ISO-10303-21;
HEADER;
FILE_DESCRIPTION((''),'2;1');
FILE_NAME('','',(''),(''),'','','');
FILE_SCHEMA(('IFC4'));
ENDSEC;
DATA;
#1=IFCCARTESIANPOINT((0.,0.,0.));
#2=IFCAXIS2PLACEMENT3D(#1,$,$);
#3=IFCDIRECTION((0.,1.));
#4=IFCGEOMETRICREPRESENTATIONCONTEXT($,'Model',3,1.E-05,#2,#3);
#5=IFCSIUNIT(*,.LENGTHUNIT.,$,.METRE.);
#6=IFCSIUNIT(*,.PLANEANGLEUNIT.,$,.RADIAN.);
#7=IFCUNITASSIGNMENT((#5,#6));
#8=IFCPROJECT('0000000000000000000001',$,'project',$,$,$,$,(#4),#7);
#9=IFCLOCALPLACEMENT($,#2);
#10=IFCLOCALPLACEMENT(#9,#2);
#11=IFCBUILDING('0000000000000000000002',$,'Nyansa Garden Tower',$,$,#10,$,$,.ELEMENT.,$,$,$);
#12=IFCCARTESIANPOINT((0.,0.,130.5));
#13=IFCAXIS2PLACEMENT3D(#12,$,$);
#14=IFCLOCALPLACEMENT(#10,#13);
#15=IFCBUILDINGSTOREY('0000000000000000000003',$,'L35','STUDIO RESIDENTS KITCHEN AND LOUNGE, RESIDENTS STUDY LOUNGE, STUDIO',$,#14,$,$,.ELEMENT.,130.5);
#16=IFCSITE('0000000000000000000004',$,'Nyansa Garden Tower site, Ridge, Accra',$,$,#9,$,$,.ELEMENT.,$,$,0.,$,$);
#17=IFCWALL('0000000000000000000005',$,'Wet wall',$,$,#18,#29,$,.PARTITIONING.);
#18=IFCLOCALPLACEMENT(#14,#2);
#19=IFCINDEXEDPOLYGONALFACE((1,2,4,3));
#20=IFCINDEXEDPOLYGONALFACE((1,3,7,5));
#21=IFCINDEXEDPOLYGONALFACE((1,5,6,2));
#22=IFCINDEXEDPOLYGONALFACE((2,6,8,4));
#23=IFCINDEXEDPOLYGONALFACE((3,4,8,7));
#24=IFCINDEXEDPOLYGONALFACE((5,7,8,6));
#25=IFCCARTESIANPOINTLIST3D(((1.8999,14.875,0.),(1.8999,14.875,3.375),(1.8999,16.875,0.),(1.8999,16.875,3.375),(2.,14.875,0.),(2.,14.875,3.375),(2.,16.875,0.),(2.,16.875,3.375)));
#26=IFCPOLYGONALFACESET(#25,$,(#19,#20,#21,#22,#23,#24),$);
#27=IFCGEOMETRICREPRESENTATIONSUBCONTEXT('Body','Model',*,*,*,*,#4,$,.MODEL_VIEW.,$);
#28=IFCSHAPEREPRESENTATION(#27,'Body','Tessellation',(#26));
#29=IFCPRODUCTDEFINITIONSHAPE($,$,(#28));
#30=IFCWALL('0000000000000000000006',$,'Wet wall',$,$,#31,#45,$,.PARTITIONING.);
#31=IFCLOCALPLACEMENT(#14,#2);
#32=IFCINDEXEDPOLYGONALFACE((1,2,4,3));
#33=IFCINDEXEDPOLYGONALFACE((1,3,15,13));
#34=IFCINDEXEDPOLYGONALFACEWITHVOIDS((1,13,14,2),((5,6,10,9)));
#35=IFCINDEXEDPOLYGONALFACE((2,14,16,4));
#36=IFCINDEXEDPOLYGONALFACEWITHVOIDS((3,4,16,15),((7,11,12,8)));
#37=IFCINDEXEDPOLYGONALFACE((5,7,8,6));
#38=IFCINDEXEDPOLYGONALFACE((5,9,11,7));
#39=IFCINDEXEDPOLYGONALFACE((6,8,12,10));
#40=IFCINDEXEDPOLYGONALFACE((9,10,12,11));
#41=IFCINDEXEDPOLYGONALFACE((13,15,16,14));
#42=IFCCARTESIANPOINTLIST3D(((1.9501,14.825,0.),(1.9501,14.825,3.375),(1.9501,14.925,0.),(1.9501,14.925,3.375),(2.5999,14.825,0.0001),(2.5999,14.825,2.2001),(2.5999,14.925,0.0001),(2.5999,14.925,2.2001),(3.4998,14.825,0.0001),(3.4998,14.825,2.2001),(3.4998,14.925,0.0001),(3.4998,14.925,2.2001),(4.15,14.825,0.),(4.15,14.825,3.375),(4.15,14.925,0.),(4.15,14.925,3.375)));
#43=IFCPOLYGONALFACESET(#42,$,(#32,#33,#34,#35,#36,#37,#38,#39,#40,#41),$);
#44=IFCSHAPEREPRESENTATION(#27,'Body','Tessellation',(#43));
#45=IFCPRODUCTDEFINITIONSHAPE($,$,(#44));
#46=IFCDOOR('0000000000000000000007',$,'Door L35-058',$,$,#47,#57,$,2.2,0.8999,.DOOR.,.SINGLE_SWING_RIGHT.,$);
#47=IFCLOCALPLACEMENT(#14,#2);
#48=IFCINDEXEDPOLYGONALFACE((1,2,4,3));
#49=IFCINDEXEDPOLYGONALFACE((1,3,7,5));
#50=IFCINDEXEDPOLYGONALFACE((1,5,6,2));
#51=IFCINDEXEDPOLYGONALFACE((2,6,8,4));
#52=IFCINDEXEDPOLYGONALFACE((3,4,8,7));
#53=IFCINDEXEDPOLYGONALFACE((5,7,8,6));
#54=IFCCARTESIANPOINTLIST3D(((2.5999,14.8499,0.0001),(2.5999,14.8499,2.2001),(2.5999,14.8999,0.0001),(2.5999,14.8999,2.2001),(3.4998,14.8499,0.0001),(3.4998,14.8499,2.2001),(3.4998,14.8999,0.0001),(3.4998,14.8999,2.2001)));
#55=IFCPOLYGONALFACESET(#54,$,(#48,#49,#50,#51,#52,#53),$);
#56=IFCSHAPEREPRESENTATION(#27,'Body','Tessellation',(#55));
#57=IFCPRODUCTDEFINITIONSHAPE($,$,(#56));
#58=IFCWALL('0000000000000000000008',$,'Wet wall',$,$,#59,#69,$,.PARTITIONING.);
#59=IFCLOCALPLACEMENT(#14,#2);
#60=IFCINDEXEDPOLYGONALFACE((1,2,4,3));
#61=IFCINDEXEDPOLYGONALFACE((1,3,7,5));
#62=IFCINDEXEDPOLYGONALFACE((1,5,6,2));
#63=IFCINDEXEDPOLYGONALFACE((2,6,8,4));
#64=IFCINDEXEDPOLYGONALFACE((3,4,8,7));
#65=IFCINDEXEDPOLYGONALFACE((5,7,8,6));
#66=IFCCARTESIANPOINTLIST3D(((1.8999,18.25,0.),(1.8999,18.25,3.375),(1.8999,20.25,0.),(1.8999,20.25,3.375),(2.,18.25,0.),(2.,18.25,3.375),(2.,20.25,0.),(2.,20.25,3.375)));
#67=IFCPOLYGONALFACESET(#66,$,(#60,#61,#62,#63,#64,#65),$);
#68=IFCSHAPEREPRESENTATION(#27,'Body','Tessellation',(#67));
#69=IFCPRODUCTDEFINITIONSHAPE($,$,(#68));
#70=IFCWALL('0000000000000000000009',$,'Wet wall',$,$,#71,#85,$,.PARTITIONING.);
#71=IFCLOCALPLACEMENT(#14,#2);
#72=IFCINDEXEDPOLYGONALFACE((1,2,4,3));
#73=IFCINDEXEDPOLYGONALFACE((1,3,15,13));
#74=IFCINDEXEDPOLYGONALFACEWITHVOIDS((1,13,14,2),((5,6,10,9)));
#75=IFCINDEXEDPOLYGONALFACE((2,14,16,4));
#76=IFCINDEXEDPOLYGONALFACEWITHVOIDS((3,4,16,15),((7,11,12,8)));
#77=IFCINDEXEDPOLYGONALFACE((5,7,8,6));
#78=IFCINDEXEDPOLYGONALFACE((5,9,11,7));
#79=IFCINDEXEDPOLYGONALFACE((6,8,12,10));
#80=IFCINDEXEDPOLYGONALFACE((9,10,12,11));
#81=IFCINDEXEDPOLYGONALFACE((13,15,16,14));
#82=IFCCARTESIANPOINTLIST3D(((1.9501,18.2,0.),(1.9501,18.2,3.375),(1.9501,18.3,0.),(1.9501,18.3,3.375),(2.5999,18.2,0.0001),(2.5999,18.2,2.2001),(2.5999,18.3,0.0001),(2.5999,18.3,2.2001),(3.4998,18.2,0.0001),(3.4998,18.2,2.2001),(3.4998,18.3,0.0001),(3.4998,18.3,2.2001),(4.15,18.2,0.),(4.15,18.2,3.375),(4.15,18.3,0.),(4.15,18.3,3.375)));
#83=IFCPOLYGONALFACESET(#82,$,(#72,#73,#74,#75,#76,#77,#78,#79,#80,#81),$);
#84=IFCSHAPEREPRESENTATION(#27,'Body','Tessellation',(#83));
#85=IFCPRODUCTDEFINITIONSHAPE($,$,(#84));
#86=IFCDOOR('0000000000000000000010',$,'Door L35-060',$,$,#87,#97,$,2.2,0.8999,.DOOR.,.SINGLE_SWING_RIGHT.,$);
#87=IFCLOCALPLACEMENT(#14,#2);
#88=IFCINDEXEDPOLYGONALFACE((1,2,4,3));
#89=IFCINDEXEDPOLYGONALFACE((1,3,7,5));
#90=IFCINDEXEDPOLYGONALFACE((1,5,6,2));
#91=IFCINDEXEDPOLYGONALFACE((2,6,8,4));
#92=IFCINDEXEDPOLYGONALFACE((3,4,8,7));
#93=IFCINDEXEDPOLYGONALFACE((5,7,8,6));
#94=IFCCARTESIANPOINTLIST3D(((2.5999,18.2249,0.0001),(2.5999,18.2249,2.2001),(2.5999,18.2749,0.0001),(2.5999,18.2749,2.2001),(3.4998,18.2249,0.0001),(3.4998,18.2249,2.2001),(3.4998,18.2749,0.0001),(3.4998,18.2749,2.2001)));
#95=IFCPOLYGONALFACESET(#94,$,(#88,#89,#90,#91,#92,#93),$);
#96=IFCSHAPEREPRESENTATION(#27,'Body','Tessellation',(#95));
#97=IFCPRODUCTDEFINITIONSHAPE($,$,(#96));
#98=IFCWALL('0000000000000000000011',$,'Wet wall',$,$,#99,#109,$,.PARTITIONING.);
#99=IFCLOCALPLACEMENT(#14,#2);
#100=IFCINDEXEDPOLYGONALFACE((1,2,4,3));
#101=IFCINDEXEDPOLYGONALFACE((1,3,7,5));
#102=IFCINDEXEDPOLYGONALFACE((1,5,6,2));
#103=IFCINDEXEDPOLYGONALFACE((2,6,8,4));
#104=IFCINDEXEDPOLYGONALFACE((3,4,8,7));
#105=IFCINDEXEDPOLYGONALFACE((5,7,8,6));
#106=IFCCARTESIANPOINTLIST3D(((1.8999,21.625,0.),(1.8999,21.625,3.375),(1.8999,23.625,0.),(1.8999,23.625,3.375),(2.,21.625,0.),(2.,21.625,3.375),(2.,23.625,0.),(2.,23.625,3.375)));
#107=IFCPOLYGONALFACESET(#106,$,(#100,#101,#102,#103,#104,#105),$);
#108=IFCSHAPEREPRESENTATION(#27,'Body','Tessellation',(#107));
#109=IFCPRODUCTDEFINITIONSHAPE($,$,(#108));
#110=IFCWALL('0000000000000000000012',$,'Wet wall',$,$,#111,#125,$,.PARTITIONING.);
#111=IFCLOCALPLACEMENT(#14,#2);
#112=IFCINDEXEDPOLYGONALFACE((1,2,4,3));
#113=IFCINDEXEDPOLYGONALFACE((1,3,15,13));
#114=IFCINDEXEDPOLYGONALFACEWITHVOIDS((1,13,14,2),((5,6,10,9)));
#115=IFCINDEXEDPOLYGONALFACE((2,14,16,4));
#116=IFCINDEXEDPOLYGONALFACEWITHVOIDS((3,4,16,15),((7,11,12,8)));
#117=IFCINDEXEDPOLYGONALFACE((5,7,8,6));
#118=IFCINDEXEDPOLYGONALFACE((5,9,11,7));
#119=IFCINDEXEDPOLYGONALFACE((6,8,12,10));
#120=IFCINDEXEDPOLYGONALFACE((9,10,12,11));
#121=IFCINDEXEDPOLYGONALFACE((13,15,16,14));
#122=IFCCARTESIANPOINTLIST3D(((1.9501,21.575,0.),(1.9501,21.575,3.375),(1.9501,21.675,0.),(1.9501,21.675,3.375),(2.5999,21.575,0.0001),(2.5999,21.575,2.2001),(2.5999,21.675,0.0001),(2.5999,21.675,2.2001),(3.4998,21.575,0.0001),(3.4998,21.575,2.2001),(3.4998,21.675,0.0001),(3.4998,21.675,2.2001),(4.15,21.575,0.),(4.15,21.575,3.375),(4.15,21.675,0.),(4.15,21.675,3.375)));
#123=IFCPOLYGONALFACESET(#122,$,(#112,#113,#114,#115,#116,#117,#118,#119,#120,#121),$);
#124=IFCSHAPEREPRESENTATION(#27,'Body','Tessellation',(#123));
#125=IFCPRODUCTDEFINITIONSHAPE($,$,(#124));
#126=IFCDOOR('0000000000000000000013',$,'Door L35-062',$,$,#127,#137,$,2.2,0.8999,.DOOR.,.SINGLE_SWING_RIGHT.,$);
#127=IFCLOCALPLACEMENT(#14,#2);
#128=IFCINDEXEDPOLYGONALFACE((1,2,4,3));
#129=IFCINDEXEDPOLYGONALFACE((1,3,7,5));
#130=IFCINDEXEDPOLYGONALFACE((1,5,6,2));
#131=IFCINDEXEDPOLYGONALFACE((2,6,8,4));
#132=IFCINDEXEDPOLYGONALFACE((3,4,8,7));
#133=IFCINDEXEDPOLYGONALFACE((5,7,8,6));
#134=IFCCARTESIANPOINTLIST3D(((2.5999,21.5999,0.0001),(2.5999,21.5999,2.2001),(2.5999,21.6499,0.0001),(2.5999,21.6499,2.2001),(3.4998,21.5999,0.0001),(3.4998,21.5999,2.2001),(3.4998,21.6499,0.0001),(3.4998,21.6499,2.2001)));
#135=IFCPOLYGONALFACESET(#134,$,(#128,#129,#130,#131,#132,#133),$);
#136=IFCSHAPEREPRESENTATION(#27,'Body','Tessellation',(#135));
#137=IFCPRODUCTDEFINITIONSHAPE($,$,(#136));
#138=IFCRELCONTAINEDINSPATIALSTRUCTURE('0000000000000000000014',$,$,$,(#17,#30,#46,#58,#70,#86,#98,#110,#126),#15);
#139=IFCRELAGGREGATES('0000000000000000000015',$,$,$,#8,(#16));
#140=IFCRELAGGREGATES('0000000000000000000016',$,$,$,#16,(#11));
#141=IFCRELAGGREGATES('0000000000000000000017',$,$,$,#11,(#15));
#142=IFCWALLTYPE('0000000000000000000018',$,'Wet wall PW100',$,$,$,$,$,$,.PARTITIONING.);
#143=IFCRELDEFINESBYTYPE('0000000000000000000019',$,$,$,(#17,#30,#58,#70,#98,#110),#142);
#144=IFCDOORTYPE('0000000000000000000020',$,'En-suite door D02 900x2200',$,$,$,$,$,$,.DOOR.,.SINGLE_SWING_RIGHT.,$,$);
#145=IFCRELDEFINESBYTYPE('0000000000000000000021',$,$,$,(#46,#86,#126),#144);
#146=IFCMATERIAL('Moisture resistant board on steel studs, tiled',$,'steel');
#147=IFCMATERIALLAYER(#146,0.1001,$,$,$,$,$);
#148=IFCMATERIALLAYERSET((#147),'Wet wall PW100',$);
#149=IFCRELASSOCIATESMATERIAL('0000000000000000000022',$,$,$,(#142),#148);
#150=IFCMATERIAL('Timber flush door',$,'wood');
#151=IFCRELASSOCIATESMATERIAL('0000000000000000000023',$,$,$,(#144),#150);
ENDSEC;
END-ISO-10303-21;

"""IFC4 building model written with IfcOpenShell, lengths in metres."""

from ifc_helpers import new_model, si_unit, direction, frame, frame_2d, origin, place, context, subcontext, project, spatial, rectangle, extrude, material, layer, layer_set, type_object, element, fill, save


model = new_model("IFC4")

# Units and contexts
model_context = context("Model", 3, precision=1e-05, world=origin(), true_north=direction((0.0, 1.0)))
body_context = subcontext(model_context, "Body", "Model", "MODEL_VIEW")
ifc_project = project(units=[si_unit("LENGTHUNIT", "METRE"), si_unit("PLANEANGLEUNIT", "RADIAN")], contexts=[model_context])

# Site, building, storey
site_placement = place(None, origin())
site = spatial("IfcSite", under=ifc_project, at=site_placement, Name="Nyansa Garden Tower site, Ridge, Accra", CompositionType="ELEMENT", RefElevation=0.0)
building_placement = place(site_placement, origin())
building = spatial("IfcBuilding", under=site, at=building_placement, Name="Nyansa Garden Tower", CompositionType="ELEMENT")
storey_placement = place(building_placement, frame((0.0, 0.0, 130.5)))
storey = spatial("IfcBuildingStorey", under=building, at=storey_placement, Name="L35", Description="STUDIO RESIDENTS KITCHEN AND LOUNGE, RESIDENTS STUDY LOUNGE, STUDIO", CompositionType="ELEMENT", Elevation=130.5)

# Wall
ifc_material_1 = material(Name="Moisture resistant board on steel studs, tiled", Category="steel")
ifc_layer_1 = layer(ifc_material_1, 0.1001)
ifc_layer_set_1 = layer_set([ifc_layer_1], Name="Wet wall PW100")
wall_type_1 = type_object("IfcWallType", Name="Wet wall PW100", PredefinedType="PARTITIONING", material=ifc_layer_set_1)
wall_1_placement = place(storey_placement, frame((1.95, 14.875, 0.0), z_axis=(0.0, 0.0, 1.0), x_axis=(0.0, 1.0, 0.0)))
element("IfcWall", 1, at=wall_1_placement, inside=storey, type_object=wall_type_1, Name="Wet wall", PredefinedType="PARTITIONING", context=body_context, shape_type="SweptSolid", body=[
    extrude(rectangle(XDim=2.0, YDim=0.1001, at=frame_2d((1.0, 0.0))), origin(), (0.0, 0.0, 1.0), 3.375),
])

# Wall, opening, door
wall_2_placement = place(storey_placement, frame((1.95, 14.875, 0.0), z_axis=(0.0, 0.0, 1.0), x_axis=(1.0, 0.0, 0.0)))
wall_2 = element("IfcWall", 2, at=wall_2_placement, inside=storey, type_object=wall_type_1, Name="Wet wall", PredefinedType="PARTITIONING", context=body_context, shape_type="SweptSolid", body=[
    extrude(rectangle(XDim=2.2, YDim=0.1001, at=frame_2d((1.1001, 0.0))), origin(), (0.0, 0.0, 1.0), 3.375),
])
opening_1_placement = place(wall_2_placement, frame((0.6499, 0.0, 0.0)))
opening_1 = element("IfcOpeningElement", 3, at=opening_1_placement, cuts=wall_2, PredefinedType="OPENING", context=body_context, shape_type="SweptSolid", body=[
    extrude(rectangle(XDim=0.8999, YDim=2.2, at=frame_2d((0.45, 1.1001))), frame((0.0, 0.0601, 0.0), z_axis=(0.0, -1.0, 0.0), x_axis=(1.0, 0.0, 0.0)), (0.0, 0.0, 1.0), 0.1201),
])
ifc_material_2 = material(Name="Timber flush door", Category="wood")
door_type_1 = type_object("IfcDoorType", Name="En-suite door D02 900x2200", OperationType="SINGLE_SWING_RIGHT", PredefinedType="DOOR", material=ifc_material_2)
door_1_placement = place(opening_1_placement, origin())
door_1 = element("IfcDoor", 4, at=door_1_placement, inside=storey, type_object=door_type_1, Name="Door L35-058", OperationType="SINGLE_SWING_RIGHT", OverallHeight=2.2, OverallWidth=0.8999, PredefinedType="DOOR", context=body_context, shape_type="SweptSolid", body=[
    extrude(rectangle(XDim=0.8999, YDim=2.2, at=frame_2d((0.45, 1.1001))), frame((0.0, 0.0249, 0.0), z_axis=(0.0, -1.0, 0.0), x_axis=(1.0, 0.0, 0.0)), (0.0, 0.0, 1.0), 0.05),
])
fill(opening_1, door_1)

# Wall
wall_3_placement = place(storey_placement, frame((1.95, 18.25, 0.0), z_axis=(0.0, 0.0, 1.0), x_axis=(0.0, 1.0, 0.0)))
element("IfcWall", 5, at=wall_3_placement, inside=storey, type_object=wall_type_1, Name="Wet wall", PredefinedType="PARTITIONING", context=body_context, shape_type="SweptSolid", body=[
    extrude(rectangle(XDim=2.0, YDim=0.1001, at=frame_2d((1.0, 0.0))), origin(), (0.0, 0.0, 1.0), 3.375),
])

# Wall, opening, door
wall_4_placement = place(storey_placement, frame((1.95, 18.25, 0.0), z_axis=(0.0, 0.0, 1.0), x_axis=(1.0, 0.0, 0.0)))
wall_4 = element("IfcWall", 6, at=wall_4_placement, inside=storey, type_object=wall_type_1, Name="Wet wall", PredefinedType="PARTITIONING", context=body_context, shape_type="SweptSolid", body=[
    extrude(rectangle(XDim=2.2, YDim=0.1001, at=frame_2d((1.1001, 0.0))), origin(), (0.0, 0.0, 1.0), 3.375),
])
opening_2_placement = place(wall_4_placement, frame((0.6499, 0.0, 0.0)))
opening_2 = element("IfcOpeningElement", 7, at=opening_2_placement, cuts=wall_4, PredefinedType="OPENING", context=body_context, shape_type="SweptSolid", body=[
    extrude(rectangle(XDim=0.8999, YDim=2.2, at=frame_2d((0.45, 1.1001))), frame((0.0, 0.0601, 0.0), z_axis=(0.0, -1.0, 0.0), x_axis=(1.0, 0.0, 0.0)), (0.0, 0.0, 1.0), 0.1201),
])
door_2_placement = place(opening_2_placement, origin())
door_2 = element("IfcDoor", 8, at=door_2_placement, inside=storey, type_object=door_type_1, Name="Door L35-060", OperationType="SINGLE_SWING_RIGHT", OverallHeight=2.2, OverallWidth=0.8999, PredefinedType="DOOR", context=body_context, shape_type="SweptSolid", body=[
    extrude(rectangle(XDim=0.8999, YDim=2.2, at=frame_2d((0.45, 1.1001))), frame((0.0, 0.0249, 0.0), z_axis=(0.0, -1.0, 0.0), x_axis=(1.0, 0.0, 0.0)), (0.0, 0.0, 1.0), 0.05),
])
fill(opening_2, door_2)

# Wall
wall_5_placement = place(storey_placement, frame((1.95, 21.625, 0.0), z_axis=(0.0, 0.0, 1.0), x_axis=(0.0, 1.0, 0.0)))
element("IfcWall", 9, at=wall_5_placement, inside=storey, type_object=wall_type_1, Name="Wet wall", PredefinedType="PARTITIONING", context=body_context, shape_type="SweptSolid", body=[
    extrude(rectangle(XDim=2.0, YDim=0.1001, at=frame_2d((1.0, 0.0))), origin(), (0.0, 0.0, 1.0), 3.375),
])

# Wall, opening, door
wall_6_placement = place(storey_placement, frame((1.95, 21.625, 0.0), z_axis=(0.0, 0.0, 1.0), x_axis=(1.0, 0.0, 0.0)))
wall_6 = element("IfcWall", 10, at=wall_6_placement, inside=storey, type_object=wall_type_1, Name="Wet wall", PredefinedType="PARTITIONING", context=body_context, shape_type="SweptSolid", body=[
    extrude(rectangle(XDim=2.2, YDim=0.1001, at=frame_2d((1.1001, 0.0))), origin(), (0.0, 0.0, 1.0), 3.375),
])
opening_3_placement = place(wall_6_placement, frame((0.6499, 0.0, 0.0)))
opening_3 = element("IfcOpeningElement", 11, at=opening_3_placement, cuts=wall_6, PredefinedType="OPENING", context=body_context, shape_type="SweptSolid", body=[
    extrude(rectangle(XDim=0.8999, YDim=2.2, at=frame_2d((0.45, 1.1001))), frame((0.0, 0.0601, 0.0), z_axis=(0.0, -1.0, 0.0), x_axis=(1.0, 0.0, 0.0)), (0.0, 0.0, 1.0), 0.1201),
])
door_3_placement = place(opening_3_placement, origin())
door_3 = element("IfcDoor", 12, at=door_3_placement, inside=storey, type_object=door_type_1, Name="Door L35-062", OperationType="SINGLE_SWING_RIGHT", OverallHeight=2.2, OverallWidth=0.8999, PredefinedType="DOOR", context=body_context, shape_type="SweptSolid", body=[
    extrude(rectangle(XDim=0.8999, YDim=2.2, at=frame_2d((0.45, 1.1001))), frame((0.0, 0.0249, 0.0), z_axis=(0.0, -1.0, 0.0), x_axis=(1.0, 0.0, 0.0)), (0.0, 0.0, 1.0), 0.05),
])
fill(opening_3, door_3)

save(model, "model.ifc")
